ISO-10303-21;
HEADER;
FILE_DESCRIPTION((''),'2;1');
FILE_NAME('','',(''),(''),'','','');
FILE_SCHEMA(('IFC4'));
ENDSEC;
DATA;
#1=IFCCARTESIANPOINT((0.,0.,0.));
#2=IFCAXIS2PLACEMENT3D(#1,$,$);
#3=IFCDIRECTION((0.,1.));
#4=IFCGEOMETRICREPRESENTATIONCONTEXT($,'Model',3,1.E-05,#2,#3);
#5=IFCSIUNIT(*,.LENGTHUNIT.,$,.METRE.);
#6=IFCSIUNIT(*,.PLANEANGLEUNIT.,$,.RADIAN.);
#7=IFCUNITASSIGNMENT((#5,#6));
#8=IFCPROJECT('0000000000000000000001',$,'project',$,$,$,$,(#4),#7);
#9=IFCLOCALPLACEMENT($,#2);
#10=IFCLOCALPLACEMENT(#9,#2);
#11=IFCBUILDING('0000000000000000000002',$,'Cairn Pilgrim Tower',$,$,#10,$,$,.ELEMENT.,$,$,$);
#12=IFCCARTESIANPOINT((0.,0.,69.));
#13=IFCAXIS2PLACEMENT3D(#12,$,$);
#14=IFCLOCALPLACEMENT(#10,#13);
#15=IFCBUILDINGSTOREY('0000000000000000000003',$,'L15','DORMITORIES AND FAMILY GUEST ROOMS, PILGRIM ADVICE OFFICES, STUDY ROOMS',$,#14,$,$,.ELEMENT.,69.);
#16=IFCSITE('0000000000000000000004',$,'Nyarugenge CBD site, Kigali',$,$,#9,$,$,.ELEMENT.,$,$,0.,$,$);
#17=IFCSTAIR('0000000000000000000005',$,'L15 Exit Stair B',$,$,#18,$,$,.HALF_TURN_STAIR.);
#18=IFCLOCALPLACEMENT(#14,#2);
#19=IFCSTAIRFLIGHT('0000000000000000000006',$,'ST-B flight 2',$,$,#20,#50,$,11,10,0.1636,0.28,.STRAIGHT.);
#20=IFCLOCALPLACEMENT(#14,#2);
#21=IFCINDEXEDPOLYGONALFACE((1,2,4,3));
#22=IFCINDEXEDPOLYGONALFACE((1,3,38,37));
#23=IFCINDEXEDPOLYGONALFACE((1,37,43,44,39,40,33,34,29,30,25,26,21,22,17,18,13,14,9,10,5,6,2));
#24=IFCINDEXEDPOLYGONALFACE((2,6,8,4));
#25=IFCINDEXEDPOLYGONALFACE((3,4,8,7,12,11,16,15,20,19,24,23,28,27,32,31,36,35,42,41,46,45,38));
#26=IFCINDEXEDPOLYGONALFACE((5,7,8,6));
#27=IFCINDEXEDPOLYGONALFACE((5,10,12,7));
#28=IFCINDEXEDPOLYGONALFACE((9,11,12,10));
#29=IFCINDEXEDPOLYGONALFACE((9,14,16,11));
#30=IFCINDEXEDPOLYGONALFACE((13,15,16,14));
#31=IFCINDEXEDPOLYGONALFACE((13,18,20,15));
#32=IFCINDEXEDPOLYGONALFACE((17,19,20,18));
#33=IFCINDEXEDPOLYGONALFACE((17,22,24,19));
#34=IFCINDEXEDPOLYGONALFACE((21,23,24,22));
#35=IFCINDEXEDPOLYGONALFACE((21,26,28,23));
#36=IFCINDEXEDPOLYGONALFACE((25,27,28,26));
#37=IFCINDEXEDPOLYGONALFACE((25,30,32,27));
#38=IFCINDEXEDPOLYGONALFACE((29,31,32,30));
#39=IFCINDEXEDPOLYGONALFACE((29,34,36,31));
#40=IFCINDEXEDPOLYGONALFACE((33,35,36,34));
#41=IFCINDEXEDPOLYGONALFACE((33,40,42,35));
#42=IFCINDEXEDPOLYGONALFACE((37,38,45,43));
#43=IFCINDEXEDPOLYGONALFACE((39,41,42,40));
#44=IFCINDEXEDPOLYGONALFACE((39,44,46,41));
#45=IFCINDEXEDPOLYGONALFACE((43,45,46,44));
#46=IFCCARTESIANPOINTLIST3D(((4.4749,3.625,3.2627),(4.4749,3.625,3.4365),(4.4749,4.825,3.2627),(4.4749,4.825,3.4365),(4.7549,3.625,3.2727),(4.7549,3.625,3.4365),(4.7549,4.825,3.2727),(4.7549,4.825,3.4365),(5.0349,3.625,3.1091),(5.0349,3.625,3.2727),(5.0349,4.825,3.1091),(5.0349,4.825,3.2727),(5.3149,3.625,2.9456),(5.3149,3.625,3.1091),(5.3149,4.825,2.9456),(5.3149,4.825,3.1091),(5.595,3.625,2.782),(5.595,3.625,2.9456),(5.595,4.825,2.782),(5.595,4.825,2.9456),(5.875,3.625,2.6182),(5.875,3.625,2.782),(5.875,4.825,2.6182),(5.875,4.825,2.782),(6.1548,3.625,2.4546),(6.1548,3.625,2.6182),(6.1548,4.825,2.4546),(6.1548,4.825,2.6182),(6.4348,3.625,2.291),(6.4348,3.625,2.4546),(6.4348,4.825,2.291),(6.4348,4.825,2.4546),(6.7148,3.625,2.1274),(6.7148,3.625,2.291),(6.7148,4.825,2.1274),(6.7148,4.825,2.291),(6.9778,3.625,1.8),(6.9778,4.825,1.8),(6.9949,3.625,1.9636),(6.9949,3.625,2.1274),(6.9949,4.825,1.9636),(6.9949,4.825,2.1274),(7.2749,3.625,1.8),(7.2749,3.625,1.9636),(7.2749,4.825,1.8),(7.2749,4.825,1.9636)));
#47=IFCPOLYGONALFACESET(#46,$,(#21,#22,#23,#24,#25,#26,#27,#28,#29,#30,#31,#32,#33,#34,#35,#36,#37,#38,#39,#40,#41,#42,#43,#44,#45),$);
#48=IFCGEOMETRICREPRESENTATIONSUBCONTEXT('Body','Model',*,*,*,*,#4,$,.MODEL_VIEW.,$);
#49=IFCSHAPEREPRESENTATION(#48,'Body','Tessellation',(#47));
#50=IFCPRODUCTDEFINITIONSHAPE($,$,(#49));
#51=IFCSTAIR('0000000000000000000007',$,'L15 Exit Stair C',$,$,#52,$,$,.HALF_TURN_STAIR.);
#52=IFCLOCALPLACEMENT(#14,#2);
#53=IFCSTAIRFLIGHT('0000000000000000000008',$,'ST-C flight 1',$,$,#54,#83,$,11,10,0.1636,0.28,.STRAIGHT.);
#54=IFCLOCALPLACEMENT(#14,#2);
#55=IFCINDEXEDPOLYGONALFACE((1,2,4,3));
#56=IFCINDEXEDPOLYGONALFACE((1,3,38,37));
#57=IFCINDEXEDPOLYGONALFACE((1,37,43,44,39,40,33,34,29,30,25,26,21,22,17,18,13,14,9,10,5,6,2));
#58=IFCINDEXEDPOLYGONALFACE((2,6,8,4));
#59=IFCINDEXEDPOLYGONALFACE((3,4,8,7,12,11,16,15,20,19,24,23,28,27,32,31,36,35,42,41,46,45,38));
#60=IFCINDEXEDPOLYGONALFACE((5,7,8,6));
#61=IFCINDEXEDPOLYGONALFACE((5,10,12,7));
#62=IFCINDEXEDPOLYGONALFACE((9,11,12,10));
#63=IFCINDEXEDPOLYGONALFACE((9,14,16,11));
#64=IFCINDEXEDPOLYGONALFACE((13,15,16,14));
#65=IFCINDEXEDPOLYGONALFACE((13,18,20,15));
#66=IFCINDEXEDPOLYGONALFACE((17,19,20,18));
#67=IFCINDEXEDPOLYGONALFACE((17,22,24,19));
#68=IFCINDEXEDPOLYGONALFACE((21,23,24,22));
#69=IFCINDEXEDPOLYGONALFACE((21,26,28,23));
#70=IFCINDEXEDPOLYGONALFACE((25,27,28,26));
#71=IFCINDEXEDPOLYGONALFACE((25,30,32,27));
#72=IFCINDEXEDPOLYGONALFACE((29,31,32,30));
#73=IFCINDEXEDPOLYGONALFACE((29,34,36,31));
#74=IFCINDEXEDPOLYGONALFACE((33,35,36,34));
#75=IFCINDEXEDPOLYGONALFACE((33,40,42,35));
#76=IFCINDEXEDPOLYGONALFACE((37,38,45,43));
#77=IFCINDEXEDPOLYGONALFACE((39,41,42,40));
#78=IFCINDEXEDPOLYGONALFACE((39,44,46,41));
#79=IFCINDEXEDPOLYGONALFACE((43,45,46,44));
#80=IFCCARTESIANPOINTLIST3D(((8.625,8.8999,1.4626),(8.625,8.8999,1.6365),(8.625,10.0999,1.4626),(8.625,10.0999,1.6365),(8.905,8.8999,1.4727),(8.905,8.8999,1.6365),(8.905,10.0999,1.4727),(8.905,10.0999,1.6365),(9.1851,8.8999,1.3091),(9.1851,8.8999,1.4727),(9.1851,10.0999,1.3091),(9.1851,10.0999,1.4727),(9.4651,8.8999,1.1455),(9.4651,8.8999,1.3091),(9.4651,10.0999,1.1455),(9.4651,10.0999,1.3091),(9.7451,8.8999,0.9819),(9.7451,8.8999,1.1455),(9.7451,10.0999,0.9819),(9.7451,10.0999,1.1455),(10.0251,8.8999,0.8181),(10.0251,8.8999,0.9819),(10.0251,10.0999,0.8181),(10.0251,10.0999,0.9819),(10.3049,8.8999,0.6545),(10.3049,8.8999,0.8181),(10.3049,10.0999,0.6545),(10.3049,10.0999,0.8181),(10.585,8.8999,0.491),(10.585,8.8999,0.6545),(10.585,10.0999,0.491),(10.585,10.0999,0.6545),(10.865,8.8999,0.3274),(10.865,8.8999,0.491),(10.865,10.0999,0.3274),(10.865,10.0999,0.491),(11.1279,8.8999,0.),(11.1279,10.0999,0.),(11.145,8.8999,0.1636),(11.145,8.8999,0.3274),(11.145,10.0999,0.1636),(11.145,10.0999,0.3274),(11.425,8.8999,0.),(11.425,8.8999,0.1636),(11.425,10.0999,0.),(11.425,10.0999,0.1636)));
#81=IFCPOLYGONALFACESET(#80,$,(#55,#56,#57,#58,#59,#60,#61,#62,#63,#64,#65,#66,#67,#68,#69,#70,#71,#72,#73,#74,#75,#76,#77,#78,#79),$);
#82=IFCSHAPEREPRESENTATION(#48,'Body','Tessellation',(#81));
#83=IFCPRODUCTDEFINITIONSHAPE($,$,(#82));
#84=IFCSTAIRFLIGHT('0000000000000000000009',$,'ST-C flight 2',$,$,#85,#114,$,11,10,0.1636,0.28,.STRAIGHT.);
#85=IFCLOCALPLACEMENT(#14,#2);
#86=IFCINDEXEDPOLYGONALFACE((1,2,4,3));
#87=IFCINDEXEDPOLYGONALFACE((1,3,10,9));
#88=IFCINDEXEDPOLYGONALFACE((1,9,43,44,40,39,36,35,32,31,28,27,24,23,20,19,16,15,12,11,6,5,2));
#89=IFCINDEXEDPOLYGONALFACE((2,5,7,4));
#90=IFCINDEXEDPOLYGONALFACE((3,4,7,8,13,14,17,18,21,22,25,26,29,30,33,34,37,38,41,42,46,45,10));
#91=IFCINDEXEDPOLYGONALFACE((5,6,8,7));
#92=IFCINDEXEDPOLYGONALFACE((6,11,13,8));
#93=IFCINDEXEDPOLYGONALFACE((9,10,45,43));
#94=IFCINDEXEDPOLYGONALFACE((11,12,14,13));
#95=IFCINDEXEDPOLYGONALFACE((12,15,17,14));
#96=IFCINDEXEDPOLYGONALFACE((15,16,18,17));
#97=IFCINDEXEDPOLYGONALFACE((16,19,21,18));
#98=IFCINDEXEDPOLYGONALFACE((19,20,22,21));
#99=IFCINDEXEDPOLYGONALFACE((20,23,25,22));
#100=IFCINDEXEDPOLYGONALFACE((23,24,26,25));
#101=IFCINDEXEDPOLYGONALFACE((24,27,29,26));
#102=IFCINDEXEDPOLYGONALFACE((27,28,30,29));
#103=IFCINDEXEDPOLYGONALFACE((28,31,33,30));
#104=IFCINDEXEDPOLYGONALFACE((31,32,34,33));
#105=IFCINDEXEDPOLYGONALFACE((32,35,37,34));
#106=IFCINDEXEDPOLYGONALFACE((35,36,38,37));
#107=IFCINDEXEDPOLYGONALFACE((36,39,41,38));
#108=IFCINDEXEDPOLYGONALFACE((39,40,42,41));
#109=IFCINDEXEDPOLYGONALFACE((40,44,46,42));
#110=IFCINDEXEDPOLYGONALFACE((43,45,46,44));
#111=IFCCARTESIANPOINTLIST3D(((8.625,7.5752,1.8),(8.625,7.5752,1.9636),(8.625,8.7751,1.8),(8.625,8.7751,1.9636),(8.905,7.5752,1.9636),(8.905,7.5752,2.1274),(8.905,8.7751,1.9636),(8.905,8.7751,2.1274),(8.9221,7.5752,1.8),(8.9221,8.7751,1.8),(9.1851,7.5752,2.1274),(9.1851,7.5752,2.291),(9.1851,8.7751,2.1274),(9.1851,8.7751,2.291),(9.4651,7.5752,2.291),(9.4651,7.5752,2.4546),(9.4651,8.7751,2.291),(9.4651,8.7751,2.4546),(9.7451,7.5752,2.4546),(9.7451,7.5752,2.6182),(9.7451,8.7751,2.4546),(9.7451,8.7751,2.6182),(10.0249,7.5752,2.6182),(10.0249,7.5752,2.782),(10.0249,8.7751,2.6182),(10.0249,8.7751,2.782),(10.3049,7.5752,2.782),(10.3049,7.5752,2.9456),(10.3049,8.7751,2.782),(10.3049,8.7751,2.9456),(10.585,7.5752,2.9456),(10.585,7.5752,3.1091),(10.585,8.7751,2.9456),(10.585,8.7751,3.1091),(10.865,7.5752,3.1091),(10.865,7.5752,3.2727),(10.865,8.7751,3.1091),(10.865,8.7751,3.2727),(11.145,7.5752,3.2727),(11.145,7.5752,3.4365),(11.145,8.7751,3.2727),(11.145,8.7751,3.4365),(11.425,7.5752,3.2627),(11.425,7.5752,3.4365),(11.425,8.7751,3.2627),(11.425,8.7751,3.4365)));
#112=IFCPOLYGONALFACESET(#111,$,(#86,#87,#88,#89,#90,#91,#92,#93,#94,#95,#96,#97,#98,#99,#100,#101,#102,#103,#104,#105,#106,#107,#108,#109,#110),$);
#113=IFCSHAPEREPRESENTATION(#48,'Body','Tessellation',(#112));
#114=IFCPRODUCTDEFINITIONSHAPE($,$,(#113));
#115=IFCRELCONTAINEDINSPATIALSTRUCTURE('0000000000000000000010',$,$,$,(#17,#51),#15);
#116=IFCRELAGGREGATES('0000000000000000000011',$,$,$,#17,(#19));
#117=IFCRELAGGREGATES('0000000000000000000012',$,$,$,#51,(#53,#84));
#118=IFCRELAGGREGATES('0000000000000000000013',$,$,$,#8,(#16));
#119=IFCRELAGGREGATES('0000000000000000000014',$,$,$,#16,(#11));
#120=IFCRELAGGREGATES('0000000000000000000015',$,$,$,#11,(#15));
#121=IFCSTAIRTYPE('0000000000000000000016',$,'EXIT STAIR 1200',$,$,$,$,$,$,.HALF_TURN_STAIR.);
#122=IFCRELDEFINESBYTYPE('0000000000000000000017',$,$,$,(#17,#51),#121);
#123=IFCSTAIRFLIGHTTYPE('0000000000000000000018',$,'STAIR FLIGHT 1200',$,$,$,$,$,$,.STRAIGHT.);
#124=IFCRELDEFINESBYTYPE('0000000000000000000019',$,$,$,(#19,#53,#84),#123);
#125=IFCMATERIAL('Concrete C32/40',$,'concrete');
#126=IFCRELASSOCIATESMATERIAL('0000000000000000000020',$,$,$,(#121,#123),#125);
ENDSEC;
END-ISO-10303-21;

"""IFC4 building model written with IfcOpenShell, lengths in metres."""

from ifc_helpers import new_model, si_unit, direction, frame, origin, place, context, subcontext, project, spatial, polyline, outline, extrude, material, type_object, element, aggregate, save


model = new_model("IFC4")

# Units and contexts
model_context = context("Model", 3, precision=1e-05, world=origin(), true_north=direction((0.0, 1.0)))
body_context = subcontext(model_context, "Body", "Model", "MODEL_VIEW")
ifc_project = project(units=[si_unit("LENGTHUNIT", "METRE"), si_unit("PLANEANGLEUNIT", "RADIAN")], contexts=[model_context])

# Site, building, storey
site_placement = place(None, origin())
site = spatial("IfcSite", under=ifc_project, at=site_placement, Name="Nyarugenge CBD site, Kigali", CompositionType="ELEMENT", RefElevation=0.0)
building_placement = place(site_placement, origin())
building = spatial("IfcBuilding", under=site, at=building_placement, Name="Cairn Pilgrim Tower", CompositionType="ELEMENT")
storey_placement = place(building_placement, frame((0.0, 0.0, 69.0)))
storey = spatial("IfcBuildingStorey", under=building, at=storey_placement, Name="L15", Description="DORMITORIES AND FAMILY GUEST ROOMS, PILGRIM ADVICE OFFICES, STUDY ROOMS", CompositionType="ELEMENT", Elevation=69.0)

# Shared definitions
ifc_material_1 = material(Name="Concrete C32/40", Category="concrete")

# Stairs, stair flights
stair_type = type_object("IfcStairType", Name="EXIT STAIR 1200", PredefinedType="HALF_TURN_STAIR", material=ifc_material_1)
stair_1_placement = place(storey_placement, origin())
stair_1 = element("IfcStair", 1, at=stair_1_placement, inside=storey, type_object=stair_type, Name="L15 Exit Stair B", PredefinedType="HALF_TURN_STAIR")
stair_flight_type = type_object("IfcStairFlightType", Name="STAIR FLIGHT 1200", PredefinedType="STRAIGHT", material=ifc_material_1)
stair_flight_1_placement = place(storey_placement, frame((7.2749, 4.2251, 1.8), z_axis=(0.0, 0.0, 1.0), x_axis=(-1.0, 0.0, 0.0)))
stair_flight_1 = element("IfcStairFlight", 2, at=stair_flight_1_placement, type_object=stair_flight_type, Name="ST-B flight 2", NumberOfRisers=11, NumberOfTreads=10, PredefinedType="STRAIGHT", RiserHeight=0.1636, TreadLength=0.28, context=body_context, shape_type="SweptSolid", body=[
    extrude(outline(polyline([(0.0, 0.0), (0.0, 0.1636), (0.28, 0.1636), (0.28, 0.3274), (0.5601, 0.3274), (0.5601, 0.491), (0.8401, 0.491), (0.8401, 0.6545), (1.1201, 0.6545), (1.1201, 0.8181), (1.3999, 0.8181), (1.3999, 0.9819), (1.6799, 0.9819), (1.6799, 1.1455), (1.96, 1.1455), (1.96, 1.3091), (2.24, 1.3091), (2.24, 1.4727), (2.52, 1.4727), (2.52, 1.6365), (2.8, 1.6365), (2.8, 1.8), (2.8, 1.4626), (0.2971, 0.0), (0.0, 0.0)])), frame((0.0, 0.6001, 0.0), z_axis=(0.0, -1.0, 0.0), x_axis=(1.0, 0.0, 0.0)), (0.0, 0.0, 1.0), 1.2),
])
aggregate(stair_1, [stair_flight_1])
stair_2_placement = place(storey_placement, origin())
stair_2 = element("IfcStair", 3, at=stair_2_placement, inside=storey, type_object=stair_type, Name="L15 Exit Stair C", PredefinedType="HALF_TURN_STAIR")
stair_flight_2_placement = place(storey_placement, frame((11.425, 9.5, 0.0), z_axis=(0.0, 0.0, 1.0), x_axis=(-1.0, 0.0, 0.0)))
stair_flight_2 = element("IfcStairFlight", 4, at=stair_flight_2_placement, type_object=stair_flight_type, Name="ST-C flight 1", NumberOfRisers=11, NumberOfTreads=10, PredefinedType="STRAIGHT", RiserHeight=0.1636, TreadLength=0.28, context=body_context, shape_type="SweptSolid", body=[
    extrude(outline(polyline([(0.0, 0.0), (0.0, 0.1636), (0.28, 0.1636), (0.28, 0.3274), (0.5601, 0.3274), (0.5601, 0.491), (0.8401, 0.491), (0.8401, 0.6545), (1.1201, 0.6545), (1.1201, 0.8181), (1.3999, 0.8181), (1.3999, 0.9819), (1.6799, 0.9819), (1.6799, 1.1455), (1.96, 1.1455), (1.96, 1.3091), (2.24, 1.3091), (2.24, 1.4727), (2.52, 1.4727), (2.52, 1.6365), (2.8, 1.6365), (2.8, 1.8), (2.8, 1.4626), (0.2971, 0.0), (0.0, 0.0)])), frame((0.0, 0.6001, 0.0), z_axis=(0.0, -1.0, 0.0), x_axis=(1.0, 0.0, 0.0)), (0.0, 0.0, 1.0), 1.2),
])
stair_flight_3_placement = place(storey_placement, frame((8.625, 8.175, 1.8), z_axis=(0.0, 0.0, 1.0), x_axis=(1.0, 0.0, 0.0)))
stair_flight_3 = element("IfcStairFlight", 5, at=stair_flight_3_placement, type_object=stair_flight_type, Name="ST-C flight 2", NumberOfRisers=11, NumberOfTreads=10, PredefinedType="STRAIGHT", RiserHeight=0.1636, TreadLength=0.28, context=body_context, shape_type="SweptSolid", body=[
    extrude(outline(polyline([(0.0, 0.0), (0.0, 0.1636), (0.28, 0.1636), (0.28, 0.3274), (0.5601, 0.3274), (0.5601, 0.491), (0.8401, 0.491), (0.8401, 0.6545), (1.1201, 0.6545), (1.1201, 0.8181), (1.3999, 0.8181), (1.3999, 0.9819), (1.6799, 0.9819), (1.6799, 1.1455), (1.96, 1.1455), (1.96, 1.3091), (2.24, 1.3091), (2.24, 1.4727), (2.52, 1.4727), (2.52, 1.6365), (2.8, 1.6365), (2.8, 1.8), (2.8, 1.4626), (0.2971, 0.0), (0.0, 0.0)])), frame((0.0, 0.6001, 0.0), z_axis=(0.0, -1.0, 0.0), x_axis=(1.0, 0.0, 0.0)), (0.0, 0.0, 1.0), 1.2),
])
aggregate(stair_2, [stair_flight_2, stair_flight_3])

save(model, "model.ifc")
